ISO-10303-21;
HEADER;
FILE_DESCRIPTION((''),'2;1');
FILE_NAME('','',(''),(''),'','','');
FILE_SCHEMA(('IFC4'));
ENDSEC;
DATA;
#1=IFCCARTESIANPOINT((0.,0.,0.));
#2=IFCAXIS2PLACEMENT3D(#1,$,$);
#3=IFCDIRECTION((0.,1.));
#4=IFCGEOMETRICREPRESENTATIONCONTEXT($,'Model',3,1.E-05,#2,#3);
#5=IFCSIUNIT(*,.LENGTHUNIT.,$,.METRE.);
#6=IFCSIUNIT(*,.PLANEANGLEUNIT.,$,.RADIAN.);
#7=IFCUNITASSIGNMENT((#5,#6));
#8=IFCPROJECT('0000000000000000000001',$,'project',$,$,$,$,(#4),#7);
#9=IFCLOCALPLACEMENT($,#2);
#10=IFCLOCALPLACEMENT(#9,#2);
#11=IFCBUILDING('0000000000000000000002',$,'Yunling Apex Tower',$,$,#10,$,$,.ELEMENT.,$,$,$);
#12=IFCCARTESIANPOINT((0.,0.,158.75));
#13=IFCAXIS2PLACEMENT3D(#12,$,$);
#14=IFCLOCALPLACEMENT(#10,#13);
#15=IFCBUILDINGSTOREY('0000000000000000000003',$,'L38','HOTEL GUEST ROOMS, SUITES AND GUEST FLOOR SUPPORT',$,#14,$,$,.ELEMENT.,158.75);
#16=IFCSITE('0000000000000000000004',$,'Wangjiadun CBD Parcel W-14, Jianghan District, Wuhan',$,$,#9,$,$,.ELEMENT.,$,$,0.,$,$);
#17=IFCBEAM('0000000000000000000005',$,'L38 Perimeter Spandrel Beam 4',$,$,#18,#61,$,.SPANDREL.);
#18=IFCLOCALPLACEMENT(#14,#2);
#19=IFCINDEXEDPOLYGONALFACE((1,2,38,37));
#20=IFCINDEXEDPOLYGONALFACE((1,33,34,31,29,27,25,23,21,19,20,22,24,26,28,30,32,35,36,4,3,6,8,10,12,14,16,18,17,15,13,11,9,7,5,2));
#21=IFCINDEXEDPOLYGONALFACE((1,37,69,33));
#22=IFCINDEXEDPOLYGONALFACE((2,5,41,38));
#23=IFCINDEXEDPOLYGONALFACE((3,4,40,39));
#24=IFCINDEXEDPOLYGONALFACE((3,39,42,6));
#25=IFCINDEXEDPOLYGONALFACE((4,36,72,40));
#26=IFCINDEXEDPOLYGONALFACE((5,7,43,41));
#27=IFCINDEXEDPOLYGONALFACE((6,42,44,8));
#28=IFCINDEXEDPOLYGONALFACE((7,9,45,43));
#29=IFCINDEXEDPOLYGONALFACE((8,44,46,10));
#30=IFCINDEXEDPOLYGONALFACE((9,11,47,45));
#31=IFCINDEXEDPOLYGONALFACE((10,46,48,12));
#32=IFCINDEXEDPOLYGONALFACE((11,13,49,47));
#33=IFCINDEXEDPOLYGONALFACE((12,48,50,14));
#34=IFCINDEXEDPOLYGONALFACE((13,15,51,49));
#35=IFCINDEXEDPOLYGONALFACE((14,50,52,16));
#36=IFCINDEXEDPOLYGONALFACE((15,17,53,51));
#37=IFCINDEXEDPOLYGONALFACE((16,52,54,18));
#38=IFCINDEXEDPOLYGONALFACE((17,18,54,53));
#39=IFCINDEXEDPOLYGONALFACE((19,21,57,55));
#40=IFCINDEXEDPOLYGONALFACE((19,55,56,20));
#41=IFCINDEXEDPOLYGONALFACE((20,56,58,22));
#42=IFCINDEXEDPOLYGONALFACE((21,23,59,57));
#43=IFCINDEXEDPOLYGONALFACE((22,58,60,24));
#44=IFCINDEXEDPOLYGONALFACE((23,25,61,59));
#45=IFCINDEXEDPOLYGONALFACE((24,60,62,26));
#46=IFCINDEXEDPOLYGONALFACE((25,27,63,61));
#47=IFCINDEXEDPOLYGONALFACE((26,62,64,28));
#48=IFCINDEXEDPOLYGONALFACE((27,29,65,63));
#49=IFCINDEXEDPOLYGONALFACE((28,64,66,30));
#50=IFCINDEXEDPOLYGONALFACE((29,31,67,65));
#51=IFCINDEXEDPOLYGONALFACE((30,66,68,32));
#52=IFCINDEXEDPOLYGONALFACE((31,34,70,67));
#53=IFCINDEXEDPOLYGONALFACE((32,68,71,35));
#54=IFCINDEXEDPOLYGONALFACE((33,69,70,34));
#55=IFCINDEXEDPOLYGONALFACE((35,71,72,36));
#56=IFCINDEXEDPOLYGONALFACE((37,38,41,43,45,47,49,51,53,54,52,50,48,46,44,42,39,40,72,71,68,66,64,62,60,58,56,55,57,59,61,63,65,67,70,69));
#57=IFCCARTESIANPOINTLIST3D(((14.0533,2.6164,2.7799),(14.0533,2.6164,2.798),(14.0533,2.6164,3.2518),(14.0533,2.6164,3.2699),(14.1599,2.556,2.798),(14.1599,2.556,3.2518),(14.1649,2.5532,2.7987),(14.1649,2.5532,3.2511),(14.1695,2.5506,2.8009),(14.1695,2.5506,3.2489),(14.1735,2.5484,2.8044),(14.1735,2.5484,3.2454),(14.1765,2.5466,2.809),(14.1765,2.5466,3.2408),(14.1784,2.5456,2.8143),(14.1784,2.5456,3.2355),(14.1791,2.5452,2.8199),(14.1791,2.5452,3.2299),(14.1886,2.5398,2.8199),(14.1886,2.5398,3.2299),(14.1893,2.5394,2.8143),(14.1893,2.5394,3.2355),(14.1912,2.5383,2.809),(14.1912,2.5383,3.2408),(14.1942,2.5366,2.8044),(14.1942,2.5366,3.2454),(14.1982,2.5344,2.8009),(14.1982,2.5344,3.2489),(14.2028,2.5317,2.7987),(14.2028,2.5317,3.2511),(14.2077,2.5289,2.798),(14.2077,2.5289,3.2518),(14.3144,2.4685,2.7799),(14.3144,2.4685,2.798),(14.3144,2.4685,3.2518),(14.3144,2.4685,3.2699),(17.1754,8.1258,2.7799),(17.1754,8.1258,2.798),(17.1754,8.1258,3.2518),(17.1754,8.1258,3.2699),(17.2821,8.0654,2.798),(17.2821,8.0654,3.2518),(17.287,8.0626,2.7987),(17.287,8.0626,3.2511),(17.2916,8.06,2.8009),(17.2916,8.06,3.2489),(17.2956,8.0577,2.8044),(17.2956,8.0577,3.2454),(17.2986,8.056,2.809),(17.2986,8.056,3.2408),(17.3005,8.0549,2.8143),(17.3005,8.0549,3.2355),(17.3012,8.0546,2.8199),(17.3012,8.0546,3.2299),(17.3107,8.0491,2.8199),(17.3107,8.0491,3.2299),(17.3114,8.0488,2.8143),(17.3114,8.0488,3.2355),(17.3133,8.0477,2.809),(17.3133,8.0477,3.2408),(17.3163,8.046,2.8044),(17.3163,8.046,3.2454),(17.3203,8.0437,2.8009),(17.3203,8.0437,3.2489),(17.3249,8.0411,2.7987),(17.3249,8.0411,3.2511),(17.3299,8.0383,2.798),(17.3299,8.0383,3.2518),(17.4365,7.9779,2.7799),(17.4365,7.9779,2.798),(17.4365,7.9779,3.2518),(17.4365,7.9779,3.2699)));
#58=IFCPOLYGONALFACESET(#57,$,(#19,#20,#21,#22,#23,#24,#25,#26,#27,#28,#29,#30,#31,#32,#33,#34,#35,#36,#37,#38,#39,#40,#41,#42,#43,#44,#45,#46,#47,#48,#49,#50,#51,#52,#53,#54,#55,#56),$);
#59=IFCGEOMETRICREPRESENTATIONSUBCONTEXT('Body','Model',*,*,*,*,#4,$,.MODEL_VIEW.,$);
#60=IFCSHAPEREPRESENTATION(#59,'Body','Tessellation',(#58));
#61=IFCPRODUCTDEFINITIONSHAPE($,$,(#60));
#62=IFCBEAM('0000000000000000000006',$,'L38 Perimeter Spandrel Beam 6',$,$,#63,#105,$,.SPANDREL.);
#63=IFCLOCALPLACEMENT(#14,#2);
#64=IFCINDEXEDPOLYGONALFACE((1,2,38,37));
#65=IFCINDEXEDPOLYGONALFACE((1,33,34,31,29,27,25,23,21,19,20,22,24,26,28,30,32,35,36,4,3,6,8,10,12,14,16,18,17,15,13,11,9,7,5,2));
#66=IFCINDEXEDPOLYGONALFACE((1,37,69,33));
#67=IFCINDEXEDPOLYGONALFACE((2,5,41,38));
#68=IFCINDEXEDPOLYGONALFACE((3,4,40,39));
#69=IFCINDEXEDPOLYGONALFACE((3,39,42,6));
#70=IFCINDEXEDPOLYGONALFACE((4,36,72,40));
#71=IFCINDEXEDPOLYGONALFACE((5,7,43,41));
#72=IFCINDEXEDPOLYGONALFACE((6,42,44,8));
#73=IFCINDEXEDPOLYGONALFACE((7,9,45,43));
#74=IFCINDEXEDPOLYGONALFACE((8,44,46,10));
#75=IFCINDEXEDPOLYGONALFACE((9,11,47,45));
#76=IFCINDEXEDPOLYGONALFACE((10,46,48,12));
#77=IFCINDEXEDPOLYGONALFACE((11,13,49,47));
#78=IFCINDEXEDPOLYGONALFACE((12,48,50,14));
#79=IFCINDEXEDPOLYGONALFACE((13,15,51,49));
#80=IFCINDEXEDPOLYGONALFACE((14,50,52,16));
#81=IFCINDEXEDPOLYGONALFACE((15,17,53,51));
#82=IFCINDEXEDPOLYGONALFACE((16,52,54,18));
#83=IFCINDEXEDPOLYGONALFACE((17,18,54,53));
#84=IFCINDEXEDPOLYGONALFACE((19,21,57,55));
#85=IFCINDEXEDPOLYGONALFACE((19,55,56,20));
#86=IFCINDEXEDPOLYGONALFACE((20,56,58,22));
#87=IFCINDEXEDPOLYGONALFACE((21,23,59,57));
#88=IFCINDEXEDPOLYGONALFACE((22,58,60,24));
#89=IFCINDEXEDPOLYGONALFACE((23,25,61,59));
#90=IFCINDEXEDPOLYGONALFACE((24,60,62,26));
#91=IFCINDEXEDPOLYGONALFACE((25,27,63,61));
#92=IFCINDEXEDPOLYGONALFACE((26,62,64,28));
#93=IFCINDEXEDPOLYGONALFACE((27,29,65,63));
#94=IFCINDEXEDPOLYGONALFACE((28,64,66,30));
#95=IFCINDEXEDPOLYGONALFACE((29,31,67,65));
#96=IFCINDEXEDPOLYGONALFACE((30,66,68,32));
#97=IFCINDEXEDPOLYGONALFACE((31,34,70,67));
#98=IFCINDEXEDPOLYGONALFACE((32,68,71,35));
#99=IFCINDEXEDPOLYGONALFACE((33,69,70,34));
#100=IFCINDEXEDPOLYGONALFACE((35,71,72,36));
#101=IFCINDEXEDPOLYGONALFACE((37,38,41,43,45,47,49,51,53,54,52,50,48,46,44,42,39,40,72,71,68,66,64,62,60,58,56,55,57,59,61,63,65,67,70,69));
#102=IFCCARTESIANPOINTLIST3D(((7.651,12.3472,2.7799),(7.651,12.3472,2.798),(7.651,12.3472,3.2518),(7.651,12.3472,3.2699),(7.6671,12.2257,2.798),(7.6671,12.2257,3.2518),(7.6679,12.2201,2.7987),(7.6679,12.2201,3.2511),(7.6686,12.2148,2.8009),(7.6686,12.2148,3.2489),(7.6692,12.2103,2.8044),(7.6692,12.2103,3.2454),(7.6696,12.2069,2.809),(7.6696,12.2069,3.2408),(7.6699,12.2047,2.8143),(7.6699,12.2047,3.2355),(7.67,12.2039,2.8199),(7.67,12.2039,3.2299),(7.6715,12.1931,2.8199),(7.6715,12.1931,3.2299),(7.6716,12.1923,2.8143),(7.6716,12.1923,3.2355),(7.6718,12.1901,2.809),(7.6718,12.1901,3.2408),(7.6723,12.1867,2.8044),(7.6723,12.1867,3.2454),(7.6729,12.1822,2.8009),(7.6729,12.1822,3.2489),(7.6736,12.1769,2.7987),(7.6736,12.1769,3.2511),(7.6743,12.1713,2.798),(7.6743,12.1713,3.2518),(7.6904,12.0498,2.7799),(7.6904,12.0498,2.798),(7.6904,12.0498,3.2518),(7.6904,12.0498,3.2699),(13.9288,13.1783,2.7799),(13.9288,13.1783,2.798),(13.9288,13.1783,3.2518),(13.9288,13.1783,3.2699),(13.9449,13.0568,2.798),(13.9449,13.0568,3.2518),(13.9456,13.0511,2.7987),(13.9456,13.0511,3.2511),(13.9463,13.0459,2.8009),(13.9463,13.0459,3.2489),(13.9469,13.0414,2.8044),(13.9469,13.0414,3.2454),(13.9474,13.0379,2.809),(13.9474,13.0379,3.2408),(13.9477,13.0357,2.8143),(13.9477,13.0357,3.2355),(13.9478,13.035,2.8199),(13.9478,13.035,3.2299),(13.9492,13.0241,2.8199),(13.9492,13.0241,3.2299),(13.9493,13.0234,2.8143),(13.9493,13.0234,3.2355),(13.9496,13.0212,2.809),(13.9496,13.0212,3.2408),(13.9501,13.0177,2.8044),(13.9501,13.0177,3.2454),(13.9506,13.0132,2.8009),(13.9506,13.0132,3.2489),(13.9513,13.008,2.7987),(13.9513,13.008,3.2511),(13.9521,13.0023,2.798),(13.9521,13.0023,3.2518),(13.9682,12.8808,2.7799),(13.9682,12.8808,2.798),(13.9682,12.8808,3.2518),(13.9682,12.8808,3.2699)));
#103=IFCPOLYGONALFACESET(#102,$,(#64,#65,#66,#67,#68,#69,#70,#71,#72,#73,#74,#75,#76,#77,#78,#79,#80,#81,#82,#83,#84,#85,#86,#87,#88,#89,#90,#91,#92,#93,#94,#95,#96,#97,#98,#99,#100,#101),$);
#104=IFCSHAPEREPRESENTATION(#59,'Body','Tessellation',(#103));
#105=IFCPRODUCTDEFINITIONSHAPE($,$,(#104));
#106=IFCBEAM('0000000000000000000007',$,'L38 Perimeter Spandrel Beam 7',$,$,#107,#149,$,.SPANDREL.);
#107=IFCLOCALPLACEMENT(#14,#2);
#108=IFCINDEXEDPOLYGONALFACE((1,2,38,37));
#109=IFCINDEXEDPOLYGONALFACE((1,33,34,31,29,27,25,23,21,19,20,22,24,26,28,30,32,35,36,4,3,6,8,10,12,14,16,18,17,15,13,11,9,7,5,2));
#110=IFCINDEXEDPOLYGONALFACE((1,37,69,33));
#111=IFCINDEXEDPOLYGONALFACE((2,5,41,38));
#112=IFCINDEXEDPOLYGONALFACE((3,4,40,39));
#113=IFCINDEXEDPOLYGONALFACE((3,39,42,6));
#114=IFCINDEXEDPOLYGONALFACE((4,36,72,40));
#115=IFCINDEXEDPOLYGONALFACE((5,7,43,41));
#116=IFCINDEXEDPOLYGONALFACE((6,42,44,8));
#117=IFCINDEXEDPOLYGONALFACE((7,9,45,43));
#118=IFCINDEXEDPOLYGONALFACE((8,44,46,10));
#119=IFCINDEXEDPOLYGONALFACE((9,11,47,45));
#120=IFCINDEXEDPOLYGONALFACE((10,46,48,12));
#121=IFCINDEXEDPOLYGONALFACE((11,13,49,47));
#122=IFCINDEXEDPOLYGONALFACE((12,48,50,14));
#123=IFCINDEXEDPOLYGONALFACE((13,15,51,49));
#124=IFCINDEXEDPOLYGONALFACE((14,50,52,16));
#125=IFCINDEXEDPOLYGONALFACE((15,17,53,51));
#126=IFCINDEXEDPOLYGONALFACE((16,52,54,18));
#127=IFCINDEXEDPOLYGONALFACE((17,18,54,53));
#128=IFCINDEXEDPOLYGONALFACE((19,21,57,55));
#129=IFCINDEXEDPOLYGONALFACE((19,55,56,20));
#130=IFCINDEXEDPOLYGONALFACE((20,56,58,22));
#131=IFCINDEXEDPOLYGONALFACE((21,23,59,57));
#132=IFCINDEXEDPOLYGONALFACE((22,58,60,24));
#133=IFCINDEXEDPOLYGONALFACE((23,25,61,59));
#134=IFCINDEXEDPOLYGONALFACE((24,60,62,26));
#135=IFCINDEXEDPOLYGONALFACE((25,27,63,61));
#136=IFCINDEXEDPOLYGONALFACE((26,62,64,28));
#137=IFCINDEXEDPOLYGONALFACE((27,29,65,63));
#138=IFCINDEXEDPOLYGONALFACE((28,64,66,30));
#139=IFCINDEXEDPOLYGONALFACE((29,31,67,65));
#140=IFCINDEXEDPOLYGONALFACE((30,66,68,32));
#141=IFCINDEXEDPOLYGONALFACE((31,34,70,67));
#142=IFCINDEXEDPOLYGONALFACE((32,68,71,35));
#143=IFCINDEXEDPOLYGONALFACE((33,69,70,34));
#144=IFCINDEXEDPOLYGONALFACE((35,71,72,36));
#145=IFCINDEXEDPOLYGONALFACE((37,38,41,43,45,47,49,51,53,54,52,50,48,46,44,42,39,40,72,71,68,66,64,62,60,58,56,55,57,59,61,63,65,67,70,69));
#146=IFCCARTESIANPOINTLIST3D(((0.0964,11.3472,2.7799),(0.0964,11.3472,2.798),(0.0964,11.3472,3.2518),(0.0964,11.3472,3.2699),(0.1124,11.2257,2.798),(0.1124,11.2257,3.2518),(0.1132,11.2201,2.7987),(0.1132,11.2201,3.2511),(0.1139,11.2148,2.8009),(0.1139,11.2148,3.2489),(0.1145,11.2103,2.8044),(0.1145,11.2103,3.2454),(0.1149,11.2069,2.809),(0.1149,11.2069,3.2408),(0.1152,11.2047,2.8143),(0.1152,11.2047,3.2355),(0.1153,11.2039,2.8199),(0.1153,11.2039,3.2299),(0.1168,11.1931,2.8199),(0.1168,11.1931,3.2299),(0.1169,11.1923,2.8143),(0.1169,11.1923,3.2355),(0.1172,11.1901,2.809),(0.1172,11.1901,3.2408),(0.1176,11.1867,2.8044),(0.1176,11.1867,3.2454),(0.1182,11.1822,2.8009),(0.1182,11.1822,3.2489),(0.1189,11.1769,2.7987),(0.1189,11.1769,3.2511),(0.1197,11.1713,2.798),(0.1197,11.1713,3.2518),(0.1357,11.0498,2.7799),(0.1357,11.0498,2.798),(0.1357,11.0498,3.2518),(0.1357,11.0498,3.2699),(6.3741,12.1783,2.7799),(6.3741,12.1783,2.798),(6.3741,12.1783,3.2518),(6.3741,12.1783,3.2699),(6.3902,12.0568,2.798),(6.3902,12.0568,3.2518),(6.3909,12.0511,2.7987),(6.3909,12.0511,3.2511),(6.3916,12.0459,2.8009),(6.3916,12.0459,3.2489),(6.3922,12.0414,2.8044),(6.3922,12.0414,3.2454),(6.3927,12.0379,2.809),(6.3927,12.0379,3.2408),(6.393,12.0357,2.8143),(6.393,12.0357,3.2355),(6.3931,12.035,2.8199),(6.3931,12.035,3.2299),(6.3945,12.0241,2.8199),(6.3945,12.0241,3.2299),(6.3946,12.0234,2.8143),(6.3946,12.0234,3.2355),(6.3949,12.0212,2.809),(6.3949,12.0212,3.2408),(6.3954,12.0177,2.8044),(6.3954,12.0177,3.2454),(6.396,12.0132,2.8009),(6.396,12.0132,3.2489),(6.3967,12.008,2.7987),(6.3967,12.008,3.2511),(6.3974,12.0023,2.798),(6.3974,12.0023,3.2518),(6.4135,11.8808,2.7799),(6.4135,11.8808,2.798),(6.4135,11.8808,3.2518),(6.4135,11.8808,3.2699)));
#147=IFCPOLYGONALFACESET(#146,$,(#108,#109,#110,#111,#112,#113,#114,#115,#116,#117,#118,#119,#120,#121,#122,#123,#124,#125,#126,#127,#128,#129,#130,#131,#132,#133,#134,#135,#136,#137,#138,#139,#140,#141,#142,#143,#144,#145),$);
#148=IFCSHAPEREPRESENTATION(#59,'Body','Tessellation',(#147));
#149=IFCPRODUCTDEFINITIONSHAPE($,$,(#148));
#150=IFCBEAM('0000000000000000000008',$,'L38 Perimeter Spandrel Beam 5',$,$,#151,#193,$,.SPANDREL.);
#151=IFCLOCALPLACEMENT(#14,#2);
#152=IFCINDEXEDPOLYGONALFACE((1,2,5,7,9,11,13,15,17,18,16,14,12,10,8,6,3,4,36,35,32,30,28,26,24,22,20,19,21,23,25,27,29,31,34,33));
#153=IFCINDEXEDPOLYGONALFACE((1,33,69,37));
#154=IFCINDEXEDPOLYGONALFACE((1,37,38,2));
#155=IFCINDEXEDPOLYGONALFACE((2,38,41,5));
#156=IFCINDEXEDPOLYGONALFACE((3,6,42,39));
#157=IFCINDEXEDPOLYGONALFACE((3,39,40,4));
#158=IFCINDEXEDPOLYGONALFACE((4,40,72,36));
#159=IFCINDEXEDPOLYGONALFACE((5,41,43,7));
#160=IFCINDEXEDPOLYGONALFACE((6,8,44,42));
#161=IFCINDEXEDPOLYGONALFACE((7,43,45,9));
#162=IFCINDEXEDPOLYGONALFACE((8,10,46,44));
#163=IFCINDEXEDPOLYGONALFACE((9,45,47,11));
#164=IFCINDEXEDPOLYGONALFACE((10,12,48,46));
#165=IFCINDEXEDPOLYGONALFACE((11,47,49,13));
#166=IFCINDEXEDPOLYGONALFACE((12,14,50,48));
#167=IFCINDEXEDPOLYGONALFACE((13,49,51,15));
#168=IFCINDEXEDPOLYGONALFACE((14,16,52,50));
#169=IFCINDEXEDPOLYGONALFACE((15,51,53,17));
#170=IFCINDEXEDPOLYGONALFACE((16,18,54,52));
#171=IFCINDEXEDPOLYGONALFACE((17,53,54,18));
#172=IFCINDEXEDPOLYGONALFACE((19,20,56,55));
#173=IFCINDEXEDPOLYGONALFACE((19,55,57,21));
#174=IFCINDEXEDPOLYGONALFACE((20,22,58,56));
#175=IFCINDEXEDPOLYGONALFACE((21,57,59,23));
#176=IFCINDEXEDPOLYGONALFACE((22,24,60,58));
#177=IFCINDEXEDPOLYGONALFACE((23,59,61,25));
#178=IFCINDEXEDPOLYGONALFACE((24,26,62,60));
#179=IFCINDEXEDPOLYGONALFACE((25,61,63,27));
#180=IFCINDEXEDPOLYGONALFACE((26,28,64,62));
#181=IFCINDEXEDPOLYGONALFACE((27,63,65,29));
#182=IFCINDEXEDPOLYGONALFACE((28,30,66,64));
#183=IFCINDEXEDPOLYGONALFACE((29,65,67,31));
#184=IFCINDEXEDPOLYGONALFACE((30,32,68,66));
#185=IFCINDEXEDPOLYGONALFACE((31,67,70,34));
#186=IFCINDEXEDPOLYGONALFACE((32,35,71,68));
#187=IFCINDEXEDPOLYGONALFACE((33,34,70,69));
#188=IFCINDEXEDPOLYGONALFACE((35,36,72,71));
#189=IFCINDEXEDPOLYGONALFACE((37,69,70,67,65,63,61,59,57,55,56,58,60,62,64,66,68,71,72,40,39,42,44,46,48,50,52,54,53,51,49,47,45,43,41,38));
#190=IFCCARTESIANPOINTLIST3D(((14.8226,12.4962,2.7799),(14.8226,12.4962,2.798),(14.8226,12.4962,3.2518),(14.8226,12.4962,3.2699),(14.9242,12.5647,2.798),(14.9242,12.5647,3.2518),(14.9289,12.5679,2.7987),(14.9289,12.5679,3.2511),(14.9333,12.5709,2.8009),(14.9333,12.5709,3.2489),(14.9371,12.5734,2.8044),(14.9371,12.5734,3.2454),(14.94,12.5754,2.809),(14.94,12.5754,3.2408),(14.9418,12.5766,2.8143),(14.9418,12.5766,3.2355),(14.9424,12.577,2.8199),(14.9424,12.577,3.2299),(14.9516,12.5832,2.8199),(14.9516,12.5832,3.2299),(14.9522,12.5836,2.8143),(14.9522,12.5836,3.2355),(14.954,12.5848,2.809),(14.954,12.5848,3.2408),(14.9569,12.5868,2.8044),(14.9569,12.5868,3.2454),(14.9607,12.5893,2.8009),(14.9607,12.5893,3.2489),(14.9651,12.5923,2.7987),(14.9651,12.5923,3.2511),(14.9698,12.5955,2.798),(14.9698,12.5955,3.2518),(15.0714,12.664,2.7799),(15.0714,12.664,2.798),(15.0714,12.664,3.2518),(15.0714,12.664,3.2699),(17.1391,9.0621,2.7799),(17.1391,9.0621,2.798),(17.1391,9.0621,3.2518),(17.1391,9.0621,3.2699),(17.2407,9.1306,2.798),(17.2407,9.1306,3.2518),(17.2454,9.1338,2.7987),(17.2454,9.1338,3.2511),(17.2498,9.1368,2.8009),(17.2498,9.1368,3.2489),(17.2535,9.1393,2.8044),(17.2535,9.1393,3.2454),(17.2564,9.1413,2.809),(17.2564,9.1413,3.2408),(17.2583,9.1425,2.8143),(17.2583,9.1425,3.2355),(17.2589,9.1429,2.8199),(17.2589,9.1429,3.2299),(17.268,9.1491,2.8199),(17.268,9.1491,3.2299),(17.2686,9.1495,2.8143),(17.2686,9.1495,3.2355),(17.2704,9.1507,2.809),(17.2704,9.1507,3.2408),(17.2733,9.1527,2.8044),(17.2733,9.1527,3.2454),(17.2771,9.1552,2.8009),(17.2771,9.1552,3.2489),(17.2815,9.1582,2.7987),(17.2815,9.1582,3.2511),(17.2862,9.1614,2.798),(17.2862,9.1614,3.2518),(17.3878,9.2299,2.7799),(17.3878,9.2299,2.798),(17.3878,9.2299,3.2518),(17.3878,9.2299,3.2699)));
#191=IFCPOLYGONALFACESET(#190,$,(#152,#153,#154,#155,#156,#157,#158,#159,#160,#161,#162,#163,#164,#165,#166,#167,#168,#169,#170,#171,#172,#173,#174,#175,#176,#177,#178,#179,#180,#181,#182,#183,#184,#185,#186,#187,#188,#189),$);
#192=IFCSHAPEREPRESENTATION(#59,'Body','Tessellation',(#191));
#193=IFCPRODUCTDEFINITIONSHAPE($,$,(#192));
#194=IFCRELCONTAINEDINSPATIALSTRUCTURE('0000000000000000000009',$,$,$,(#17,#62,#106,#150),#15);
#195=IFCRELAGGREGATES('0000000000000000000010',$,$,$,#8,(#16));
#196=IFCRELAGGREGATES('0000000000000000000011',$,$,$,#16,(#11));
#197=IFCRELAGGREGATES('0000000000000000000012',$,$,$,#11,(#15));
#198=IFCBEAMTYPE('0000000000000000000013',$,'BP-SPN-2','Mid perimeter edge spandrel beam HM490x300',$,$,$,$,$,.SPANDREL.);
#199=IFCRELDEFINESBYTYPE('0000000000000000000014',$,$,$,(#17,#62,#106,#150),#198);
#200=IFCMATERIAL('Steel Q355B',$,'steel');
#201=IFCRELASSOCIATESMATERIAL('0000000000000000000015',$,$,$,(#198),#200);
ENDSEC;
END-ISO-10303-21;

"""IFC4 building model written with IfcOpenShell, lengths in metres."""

from ifc_helpers import new_model, si_unit, direction, frame, origin, origin_2d, place, context, subcontext, project, spatial, i_section, extrude, source, transform, mapped, material, material_profile, profile_set, type_object, element, save


model = new_model("IFC4")

# Units and contexts
model_context = context("Model", 3, precision=1e-05, world=origin(), true_north=direction((0.0, 1.0)))
body_context = subcontext(model_context, "Body", "Model", "MODEL_VIEW")
ifc_project = project(units=[si_unit("LENGTHUNIT", "METRE"), si_unit("PLANEANGLEUNIT", "RADIAN")], contexts=[model_context])

# Site, building, storey
site_placement = place(None, origin())
site = spatial("IfcSite", under=ifc_project, at=site_placement, Name="Wangjiadun CBD Parcel W-14, Jianghan District, Wuhan", CompositionType="ELEMENT", RefElevation=0.0)
building_placement = place(site_placement, origin())
building = spatial("IfcBuilding", under=site, at=building_placement, Name="Yunling Apex Tower", CompositionType="ELEMENT")
storey_placement = place(building_placement, frame((0.0, 0.0, 158.75)))
storey = spatial("IfcBuildingStorey", under=building, at=storey_placement, Name="L38", Description="HOTEL GUEST ROOMS, SUITES AND GUEST FLOOR SUPPORT", CompositionType="ELEMENT", Elevation=158.75)

# Beams
ifc_material_1 = material(Name="Steel Q355B", Category="steel")
ifc_material_profile_1 = material_profile(ifc_material_1, i_section(OverallWidth=0.3, OverallDepth=0.49, WebThickness=0.011, FlangeThickness=0.0181, FilletRadius=0.022, at=origin_2d()))
ifc_profile_set_1 = profile_set([ifc_material_profile_1], Name="Steel Q355B")
beam_type_1 = type_object("IfcBeamType", Name="BP-SPN-2", Description="Mid perimeter edge spandrel beam HM490x300", PredefinedType="SPANDREL", material=ifc_profile_set_1)
shared_shape_1 = source(origin(), body_context, "Body", "SweptSolid", [
    extrude(i_section(OverallWidth=0.3, OverallDepth=0.49, WebThickness=0.011, FlangeThickness=0.0181, FilletRadius=0.022, at=origin_2d()), origin(), (0.0, 0.0, 1.0), 6.3325),
])
for number, where, z_axis, x_axis, name in (
    (1, (14.1838, 2.5425, 3.0249), (0.49303, 0.870012, 0.0), (-0.870012, 0.49303, 0.0), "L38 Perimeter Spandrel Beam 4"),
    (2, (13.9485, 13.0295, 3.0249), (-0.991351, -0.131234, 0.0), (0.131234, -0.991351, 0.0), "L38 Perimeter Spandrel Beam 6"),
    (3, (6.3938, 12.0295, 3.0249), (-0.991351, -0.131234, 0.0), (0.131234, -0.991351, 0.0), "L38 Perimeter Spandrel Beam 7"),
):
    element("IfcBeam", number, at=place(storey_placement, frame(where, z_axis=z_axis, x_axis=x_axis)), inside=storey, type_object=beam_type_1, Name=name, PredefinedType="SPANDREL", context=body_context, shape_type="MappedRepresentation", body=[
        mapped(shared_shape_1, transform((0.0, 0.0, 0.0), scale=1.0)),
    ])
shared_shape_2 = source(origin(), body_context, "Body", "SweptSolid", [
    extrude(i_section(OverallWidth=0.3, OverallDepth=0.49, WebThickness=0.011, FlangeThickness=0.0181, FilletRadius=0.022, at=origin_2d()), origin(), (0.0, 0.0, 1.0), 4.1423),
])
beam_1_placement = place(storey_placement, frame((17.2634, 9.146, 3.0249), z_axis=(-0.559208, 0.829028, 0.0), x_axis=(-0.829028, -0.559208, 0.0)))
element("IfcBeam", 4, at=beam_1_placement, inside=storey, type_object=beam_type_1, Name="L38 Perimeter Spandrel Beam 5", PredefinedType="SPANDREL", context=body_context, shape_type="MappedRepresentation", body=[
    mapped(shared_shape_2, transform((0.0, 0.0, 0.0), scale=1.0)),
])

save(model, "model.ifc")
